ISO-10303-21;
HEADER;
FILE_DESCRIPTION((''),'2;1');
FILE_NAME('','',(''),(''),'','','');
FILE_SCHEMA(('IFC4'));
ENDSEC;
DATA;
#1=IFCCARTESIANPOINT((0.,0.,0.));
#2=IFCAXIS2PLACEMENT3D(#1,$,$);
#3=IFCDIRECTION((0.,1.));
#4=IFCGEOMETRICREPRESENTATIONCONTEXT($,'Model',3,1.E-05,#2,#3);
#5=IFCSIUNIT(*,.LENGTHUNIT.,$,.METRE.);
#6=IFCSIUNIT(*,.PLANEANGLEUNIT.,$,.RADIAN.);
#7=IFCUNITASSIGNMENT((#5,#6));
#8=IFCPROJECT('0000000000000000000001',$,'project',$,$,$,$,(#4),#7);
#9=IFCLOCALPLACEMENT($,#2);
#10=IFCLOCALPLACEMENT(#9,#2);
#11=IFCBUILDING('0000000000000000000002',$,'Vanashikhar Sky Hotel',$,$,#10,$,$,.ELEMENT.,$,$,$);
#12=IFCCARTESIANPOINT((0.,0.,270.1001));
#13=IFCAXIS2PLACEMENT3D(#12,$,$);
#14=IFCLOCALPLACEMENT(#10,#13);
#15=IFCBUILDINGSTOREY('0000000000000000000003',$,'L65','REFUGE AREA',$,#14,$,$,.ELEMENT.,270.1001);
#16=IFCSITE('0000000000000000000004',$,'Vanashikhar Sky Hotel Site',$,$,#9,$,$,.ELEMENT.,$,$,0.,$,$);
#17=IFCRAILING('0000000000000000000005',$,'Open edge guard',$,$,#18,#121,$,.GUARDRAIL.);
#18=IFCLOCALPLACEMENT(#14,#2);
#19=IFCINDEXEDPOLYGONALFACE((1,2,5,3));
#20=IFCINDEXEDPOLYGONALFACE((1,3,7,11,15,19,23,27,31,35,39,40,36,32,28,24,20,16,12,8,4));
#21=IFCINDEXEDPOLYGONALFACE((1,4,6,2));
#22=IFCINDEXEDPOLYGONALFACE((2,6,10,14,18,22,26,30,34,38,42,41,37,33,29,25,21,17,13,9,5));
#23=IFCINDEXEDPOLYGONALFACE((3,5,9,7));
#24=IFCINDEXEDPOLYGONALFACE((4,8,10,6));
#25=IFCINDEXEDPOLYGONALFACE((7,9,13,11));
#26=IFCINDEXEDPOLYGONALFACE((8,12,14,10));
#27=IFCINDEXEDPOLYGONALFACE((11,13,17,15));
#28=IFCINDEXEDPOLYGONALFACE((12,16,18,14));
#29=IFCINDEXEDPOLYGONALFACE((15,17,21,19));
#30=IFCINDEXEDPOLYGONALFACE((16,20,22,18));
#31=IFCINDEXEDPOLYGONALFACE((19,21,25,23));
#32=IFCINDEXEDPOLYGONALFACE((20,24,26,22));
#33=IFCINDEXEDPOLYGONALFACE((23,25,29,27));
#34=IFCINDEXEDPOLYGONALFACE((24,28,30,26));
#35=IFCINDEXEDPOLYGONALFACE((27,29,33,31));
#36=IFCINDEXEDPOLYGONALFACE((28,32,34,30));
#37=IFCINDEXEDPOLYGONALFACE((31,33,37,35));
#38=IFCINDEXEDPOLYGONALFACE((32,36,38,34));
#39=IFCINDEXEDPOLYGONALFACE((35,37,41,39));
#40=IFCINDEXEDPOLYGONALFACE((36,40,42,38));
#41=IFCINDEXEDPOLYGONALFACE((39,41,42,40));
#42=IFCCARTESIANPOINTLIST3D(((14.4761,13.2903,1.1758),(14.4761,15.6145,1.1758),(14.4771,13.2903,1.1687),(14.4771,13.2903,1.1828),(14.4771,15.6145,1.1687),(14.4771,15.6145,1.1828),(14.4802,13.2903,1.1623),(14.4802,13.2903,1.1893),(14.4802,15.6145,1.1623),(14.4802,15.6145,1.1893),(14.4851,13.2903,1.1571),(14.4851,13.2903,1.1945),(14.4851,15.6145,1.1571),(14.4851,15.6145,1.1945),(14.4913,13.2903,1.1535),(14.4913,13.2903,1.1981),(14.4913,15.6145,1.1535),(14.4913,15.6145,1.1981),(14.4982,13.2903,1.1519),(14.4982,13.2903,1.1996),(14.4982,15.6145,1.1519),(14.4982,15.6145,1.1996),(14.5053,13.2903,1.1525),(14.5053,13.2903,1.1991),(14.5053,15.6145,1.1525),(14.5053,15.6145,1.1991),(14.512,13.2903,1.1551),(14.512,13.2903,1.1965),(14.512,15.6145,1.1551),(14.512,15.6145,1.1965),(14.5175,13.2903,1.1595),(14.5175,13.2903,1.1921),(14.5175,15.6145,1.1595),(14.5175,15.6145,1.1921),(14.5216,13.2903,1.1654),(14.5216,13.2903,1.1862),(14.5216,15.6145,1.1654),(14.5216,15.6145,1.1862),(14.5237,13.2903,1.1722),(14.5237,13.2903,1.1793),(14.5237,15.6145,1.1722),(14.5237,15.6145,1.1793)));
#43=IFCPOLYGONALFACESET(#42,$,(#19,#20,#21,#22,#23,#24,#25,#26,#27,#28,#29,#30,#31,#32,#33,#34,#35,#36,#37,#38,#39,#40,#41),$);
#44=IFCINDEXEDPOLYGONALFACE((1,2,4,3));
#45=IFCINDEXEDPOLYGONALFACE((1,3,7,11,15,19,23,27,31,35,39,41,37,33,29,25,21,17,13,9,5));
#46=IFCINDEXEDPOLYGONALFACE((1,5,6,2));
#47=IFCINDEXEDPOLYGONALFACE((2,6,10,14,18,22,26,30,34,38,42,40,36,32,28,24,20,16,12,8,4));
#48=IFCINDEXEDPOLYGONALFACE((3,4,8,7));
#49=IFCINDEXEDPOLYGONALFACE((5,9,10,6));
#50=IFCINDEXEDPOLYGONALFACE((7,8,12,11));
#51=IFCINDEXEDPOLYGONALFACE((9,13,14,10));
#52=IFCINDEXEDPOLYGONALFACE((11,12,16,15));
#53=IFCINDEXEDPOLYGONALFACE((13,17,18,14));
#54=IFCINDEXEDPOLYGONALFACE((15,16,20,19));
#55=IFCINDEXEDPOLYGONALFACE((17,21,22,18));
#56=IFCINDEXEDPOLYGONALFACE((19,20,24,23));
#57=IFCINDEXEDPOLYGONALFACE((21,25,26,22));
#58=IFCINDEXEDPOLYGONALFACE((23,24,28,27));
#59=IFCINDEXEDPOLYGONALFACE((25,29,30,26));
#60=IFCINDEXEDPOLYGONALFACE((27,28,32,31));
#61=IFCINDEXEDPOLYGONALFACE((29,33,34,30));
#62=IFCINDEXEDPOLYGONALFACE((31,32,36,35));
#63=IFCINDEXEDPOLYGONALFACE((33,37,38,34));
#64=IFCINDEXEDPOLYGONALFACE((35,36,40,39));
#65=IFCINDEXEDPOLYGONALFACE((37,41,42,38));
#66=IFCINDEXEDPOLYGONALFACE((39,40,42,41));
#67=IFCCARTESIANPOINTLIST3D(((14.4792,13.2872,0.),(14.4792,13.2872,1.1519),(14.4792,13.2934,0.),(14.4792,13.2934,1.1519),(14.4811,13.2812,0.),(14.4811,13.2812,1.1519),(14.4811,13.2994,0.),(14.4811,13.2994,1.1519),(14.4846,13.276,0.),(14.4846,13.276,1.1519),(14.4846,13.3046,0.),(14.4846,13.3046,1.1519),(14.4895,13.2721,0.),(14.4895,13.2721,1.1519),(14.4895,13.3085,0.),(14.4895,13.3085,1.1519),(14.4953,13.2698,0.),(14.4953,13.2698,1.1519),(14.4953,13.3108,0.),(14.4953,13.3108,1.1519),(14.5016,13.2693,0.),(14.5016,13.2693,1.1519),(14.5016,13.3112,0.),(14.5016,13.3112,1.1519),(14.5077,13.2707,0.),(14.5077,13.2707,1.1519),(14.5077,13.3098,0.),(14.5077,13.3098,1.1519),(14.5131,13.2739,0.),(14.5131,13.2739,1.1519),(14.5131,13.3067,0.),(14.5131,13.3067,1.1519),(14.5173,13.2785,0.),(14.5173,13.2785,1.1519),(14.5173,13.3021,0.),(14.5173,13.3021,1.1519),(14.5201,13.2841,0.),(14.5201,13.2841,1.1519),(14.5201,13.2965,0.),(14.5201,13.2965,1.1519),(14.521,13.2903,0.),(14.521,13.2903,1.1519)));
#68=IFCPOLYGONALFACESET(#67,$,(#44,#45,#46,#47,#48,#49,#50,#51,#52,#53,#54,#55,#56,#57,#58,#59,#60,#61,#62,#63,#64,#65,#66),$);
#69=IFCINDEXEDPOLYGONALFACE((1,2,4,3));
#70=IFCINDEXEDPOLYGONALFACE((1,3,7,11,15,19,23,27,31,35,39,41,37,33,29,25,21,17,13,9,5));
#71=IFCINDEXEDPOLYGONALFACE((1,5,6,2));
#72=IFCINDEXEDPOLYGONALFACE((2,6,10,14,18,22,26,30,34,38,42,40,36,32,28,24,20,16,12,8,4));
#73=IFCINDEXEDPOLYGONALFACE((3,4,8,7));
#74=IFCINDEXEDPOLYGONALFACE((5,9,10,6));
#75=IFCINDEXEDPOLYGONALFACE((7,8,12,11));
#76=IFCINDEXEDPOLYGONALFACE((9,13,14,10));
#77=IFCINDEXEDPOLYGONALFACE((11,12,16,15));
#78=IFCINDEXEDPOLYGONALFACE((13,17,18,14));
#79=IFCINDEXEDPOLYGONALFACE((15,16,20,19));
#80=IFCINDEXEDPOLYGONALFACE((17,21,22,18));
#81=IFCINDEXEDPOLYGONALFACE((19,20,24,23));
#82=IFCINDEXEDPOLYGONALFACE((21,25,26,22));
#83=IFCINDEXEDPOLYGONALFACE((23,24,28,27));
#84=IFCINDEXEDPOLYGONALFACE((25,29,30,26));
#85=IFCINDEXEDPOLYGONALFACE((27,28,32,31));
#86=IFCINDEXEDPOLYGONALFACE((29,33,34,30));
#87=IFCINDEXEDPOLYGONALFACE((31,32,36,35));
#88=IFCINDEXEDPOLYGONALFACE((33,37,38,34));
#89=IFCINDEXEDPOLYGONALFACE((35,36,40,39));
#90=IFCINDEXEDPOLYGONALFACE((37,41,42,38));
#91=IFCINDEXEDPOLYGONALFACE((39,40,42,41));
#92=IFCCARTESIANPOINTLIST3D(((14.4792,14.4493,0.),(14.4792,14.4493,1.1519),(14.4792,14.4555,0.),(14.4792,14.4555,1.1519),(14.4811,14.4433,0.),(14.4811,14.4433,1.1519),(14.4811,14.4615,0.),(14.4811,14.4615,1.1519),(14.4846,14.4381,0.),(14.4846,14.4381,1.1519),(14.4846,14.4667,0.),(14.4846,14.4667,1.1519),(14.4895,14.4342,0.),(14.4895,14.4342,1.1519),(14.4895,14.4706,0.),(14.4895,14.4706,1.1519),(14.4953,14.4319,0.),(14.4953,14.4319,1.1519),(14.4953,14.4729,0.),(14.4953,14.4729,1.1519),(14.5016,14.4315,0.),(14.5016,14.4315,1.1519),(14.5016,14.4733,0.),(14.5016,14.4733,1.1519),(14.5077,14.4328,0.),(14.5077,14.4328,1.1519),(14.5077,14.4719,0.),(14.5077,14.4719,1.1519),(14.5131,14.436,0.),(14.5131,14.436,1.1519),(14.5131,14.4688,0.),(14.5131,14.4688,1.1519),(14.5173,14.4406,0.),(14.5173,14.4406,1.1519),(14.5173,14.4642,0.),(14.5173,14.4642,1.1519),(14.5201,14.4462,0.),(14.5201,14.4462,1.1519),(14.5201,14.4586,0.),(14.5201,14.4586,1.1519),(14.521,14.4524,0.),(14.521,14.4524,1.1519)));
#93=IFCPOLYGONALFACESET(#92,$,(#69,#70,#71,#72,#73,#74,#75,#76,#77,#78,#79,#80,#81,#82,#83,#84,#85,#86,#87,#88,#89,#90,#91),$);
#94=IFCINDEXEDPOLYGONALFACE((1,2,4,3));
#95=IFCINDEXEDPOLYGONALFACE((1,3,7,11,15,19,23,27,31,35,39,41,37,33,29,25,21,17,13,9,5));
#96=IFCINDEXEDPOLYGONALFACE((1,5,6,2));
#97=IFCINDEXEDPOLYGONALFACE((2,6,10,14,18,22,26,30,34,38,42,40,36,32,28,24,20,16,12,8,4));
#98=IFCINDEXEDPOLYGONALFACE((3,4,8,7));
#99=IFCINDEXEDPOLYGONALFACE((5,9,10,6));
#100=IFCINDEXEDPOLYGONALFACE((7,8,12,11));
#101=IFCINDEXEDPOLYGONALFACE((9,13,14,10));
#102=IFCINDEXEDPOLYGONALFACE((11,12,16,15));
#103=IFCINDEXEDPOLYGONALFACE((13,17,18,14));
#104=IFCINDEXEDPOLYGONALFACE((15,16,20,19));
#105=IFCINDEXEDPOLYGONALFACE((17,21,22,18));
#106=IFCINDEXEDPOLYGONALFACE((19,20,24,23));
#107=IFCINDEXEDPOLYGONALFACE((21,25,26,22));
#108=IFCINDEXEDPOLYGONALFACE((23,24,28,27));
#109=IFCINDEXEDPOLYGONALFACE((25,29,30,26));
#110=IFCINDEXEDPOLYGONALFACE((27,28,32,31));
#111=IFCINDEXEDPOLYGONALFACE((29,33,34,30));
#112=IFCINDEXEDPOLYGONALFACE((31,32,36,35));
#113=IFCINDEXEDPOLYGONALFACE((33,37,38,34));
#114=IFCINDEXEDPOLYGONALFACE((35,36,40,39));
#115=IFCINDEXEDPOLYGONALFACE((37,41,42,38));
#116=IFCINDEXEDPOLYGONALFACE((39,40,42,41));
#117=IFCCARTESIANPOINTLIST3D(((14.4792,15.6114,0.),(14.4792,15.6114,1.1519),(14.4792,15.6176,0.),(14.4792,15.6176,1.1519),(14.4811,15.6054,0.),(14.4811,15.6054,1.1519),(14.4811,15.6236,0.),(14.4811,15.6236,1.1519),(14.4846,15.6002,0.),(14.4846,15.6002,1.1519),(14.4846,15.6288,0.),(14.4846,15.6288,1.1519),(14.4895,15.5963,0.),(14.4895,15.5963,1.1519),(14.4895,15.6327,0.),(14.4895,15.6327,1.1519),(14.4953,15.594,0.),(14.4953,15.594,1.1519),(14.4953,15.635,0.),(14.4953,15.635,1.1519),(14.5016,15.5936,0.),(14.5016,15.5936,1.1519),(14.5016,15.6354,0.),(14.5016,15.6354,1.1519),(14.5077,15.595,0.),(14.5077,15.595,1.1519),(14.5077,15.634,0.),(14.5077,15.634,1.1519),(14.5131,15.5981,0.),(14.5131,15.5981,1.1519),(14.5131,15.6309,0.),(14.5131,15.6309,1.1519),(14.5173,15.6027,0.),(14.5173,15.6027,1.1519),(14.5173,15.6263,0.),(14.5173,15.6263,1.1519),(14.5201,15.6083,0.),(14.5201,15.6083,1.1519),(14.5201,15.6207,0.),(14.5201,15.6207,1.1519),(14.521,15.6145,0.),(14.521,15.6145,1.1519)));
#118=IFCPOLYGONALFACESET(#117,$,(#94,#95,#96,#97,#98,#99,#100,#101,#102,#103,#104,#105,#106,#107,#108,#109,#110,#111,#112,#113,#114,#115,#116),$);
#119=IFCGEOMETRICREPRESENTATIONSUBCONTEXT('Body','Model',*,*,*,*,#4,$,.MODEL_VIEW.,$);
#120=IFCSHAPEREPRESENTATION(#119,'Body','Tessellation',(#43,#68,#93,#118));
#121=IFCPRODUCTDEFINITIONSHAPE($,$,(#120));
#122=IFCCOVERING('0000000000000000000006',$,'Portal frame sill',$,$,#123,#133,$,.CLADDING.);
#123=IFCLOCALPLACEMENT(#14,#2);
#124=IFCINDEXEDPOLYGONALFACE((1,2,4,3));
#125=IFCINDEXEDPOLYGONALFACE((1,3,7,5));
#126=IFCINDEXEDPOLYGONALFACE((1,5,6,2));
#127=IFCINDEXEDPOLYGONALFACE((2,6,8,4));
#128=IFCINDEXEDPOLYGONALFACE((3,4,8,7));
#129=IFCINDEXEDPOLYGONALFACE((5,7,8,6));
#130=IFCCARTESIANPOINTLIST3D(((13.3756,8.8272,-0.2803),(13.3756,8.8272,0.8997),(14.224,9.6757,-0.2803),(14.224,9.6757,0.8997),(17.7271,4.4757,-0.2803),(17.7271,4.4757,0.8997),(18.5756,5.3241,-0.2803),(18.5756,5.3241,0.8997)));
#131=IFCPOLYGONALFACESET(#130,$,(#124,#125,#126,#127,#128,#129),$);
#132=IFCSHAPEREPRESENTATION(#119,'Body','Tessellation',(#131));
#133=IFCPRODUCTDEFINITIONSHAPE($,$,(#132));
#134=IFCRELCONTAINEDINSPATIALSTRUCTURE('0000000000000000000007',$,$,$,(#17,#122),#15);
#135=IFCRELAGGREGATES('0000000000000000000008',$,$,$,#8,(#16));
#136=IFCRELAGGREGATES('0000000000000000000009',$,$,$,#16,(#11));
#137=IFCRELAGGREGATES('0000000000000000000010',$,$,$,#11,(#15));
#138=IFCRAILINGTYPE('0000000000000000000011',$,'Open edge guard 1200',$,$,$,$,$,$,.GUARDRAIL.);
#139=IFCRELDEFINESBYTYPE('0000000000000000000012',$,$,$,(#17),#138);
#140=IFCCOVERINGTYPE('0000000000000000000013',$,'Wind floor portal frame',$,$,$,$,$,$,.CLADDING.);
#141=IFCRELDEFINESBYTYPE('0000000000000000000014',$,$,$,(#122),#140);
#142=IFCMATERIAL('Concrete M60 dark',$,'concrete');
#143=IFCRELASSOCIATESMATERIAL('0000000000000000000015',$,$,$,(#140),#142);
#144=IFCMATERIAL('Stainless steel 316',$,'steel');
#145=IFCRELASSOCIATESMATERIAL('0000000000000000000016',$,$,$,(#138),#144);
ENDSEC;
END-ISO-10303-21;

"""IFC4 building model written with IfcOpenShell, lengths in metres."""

from ifc_helpers import new_model, si_unit, direction, frame, origin, origin_2d, place, context, subcontext, project, spatial, rectangle, circle, extrude, source, transform, mapped, material, type_object, element, save


model = new_model("IFC4")

# Units and contexts
model_context = context("Model", 3, precision=1e-05, world=origin(), true_north=direction((0.0, 1.0)))
body_context = subcontext(model_context, "Body", "Model", "MODEL_VIEW")
ifc_project = project(units=[si_unit("LENGTHUNIT", "METRE"), si_unit("PLANEANGLEUNIT", "RADIAN")], contexts=[model_context])

# Site, building, storey
site_placement = place(None, origin())
site = spatial("IfcSite", under=ifc_project, at=site_placement, Name="Vanashikhar Sky Hotel Site", CompositionType="ELEMENT", RefElevation=0.0)
building_placement = place(site_placement, origin())
building = spatial("IfcBuilding", under=site, at=building_placement, Name="Vanashikhar Sky Hotel", CompositionType="ELEMENT")
storey_placement = place(building_placement, frame((0.0, 0.0, 270.1001)))
storey = spatial("IfcBuildingStorey", under=building, at=storey_placement, Name="L65", Description="REFUGE AREA", CompositionType="ELEMENT", Elevation=270.1001)

# Shared definitions
ifc_material_1 = material(Name="Concrete M60 dark", Category="concrete")
covering_type = type_object("IfcCoveringType", Name="Wind floor portal frame", PredefinedType="CLADDING", material=ifc_material_1)

# Railing
ifc_material_2 = material(Name="Stainless steel 316", Category="steel")
railing_type = type_object("IfcRailingType", Name="Open edge guard 1200", PredefinedType="GUARDRAIL", material=ifc_material_2)
shared_shape_1 = source(origin(), body_context, "Body", "SweptSolid", [
    extrude(circle(Radius=0.0239, at=origin_2d()), frame((0.0, 0.0, 1.1758), z_axis=(0.0, 1.0, 0.0), x_axis=(-1.0, 0.0, 0.0)), (0.0, 0.0, 1.0), 2.3242),
    extrude(circle(Radius=0.021, at=origin_2d()), origin(), (0.0, 0.0, 1.0), 1.1519),
    extrude(circle(Radius=0.021, at=origin_2d()), frame((0.0, 1.1621, 0.0)), (0.0, 0.0, 1.0), 1.1519),
    extrude(circle(Radius=0.021, at=origin_2d()), frame((0.0, 2.3242, 0.0)), (0.0, 0.0, 1.0), 1.1519),
])
railing_1_placement = place(storey_placement, frame((14.5, 13.2903, 0.0)))
element("IfcRailing", 1, at=railing_1_placement, inside=storey, type_object=railing_type, Name="Open edge guard", PredefinedType="GUARDRAIL", context=body_context, shape_type="MappedRepresentation", body=[
    mapped(shared_shape_1, transform((0.0, 0.0, 0.0), scale=1.0)),
])

# Covering
shared_shape_2 = source(origin(), body_context, "Body", "SweptSolid", [
    extrude(rectangle(XDim=6.1541, YDim=1.2, at=origin_2d()), origin(), (0.0, 0.0, 1.0), 1.1799),
])
covering_1_placement = place(storey_placement, frame((15.9756, 7.0757, -0.2803), z_axis=(0.0, 0.0, 1.0), x_axis=(0.707107, -0.707107, 0.0)))
element("IfcCovering", 2, at=covering_1_placement, inside=storey, type_object=covering_type, Name="Portal frame sill", PredefinedType="CLADDING", context=body_context, shape_type="MappedRepresentation", body=[
    mapped(shared_shape_2, transform((0.0, 0.0, 0.0), scale=1.0)),
])

save(model, "model.ifc")
